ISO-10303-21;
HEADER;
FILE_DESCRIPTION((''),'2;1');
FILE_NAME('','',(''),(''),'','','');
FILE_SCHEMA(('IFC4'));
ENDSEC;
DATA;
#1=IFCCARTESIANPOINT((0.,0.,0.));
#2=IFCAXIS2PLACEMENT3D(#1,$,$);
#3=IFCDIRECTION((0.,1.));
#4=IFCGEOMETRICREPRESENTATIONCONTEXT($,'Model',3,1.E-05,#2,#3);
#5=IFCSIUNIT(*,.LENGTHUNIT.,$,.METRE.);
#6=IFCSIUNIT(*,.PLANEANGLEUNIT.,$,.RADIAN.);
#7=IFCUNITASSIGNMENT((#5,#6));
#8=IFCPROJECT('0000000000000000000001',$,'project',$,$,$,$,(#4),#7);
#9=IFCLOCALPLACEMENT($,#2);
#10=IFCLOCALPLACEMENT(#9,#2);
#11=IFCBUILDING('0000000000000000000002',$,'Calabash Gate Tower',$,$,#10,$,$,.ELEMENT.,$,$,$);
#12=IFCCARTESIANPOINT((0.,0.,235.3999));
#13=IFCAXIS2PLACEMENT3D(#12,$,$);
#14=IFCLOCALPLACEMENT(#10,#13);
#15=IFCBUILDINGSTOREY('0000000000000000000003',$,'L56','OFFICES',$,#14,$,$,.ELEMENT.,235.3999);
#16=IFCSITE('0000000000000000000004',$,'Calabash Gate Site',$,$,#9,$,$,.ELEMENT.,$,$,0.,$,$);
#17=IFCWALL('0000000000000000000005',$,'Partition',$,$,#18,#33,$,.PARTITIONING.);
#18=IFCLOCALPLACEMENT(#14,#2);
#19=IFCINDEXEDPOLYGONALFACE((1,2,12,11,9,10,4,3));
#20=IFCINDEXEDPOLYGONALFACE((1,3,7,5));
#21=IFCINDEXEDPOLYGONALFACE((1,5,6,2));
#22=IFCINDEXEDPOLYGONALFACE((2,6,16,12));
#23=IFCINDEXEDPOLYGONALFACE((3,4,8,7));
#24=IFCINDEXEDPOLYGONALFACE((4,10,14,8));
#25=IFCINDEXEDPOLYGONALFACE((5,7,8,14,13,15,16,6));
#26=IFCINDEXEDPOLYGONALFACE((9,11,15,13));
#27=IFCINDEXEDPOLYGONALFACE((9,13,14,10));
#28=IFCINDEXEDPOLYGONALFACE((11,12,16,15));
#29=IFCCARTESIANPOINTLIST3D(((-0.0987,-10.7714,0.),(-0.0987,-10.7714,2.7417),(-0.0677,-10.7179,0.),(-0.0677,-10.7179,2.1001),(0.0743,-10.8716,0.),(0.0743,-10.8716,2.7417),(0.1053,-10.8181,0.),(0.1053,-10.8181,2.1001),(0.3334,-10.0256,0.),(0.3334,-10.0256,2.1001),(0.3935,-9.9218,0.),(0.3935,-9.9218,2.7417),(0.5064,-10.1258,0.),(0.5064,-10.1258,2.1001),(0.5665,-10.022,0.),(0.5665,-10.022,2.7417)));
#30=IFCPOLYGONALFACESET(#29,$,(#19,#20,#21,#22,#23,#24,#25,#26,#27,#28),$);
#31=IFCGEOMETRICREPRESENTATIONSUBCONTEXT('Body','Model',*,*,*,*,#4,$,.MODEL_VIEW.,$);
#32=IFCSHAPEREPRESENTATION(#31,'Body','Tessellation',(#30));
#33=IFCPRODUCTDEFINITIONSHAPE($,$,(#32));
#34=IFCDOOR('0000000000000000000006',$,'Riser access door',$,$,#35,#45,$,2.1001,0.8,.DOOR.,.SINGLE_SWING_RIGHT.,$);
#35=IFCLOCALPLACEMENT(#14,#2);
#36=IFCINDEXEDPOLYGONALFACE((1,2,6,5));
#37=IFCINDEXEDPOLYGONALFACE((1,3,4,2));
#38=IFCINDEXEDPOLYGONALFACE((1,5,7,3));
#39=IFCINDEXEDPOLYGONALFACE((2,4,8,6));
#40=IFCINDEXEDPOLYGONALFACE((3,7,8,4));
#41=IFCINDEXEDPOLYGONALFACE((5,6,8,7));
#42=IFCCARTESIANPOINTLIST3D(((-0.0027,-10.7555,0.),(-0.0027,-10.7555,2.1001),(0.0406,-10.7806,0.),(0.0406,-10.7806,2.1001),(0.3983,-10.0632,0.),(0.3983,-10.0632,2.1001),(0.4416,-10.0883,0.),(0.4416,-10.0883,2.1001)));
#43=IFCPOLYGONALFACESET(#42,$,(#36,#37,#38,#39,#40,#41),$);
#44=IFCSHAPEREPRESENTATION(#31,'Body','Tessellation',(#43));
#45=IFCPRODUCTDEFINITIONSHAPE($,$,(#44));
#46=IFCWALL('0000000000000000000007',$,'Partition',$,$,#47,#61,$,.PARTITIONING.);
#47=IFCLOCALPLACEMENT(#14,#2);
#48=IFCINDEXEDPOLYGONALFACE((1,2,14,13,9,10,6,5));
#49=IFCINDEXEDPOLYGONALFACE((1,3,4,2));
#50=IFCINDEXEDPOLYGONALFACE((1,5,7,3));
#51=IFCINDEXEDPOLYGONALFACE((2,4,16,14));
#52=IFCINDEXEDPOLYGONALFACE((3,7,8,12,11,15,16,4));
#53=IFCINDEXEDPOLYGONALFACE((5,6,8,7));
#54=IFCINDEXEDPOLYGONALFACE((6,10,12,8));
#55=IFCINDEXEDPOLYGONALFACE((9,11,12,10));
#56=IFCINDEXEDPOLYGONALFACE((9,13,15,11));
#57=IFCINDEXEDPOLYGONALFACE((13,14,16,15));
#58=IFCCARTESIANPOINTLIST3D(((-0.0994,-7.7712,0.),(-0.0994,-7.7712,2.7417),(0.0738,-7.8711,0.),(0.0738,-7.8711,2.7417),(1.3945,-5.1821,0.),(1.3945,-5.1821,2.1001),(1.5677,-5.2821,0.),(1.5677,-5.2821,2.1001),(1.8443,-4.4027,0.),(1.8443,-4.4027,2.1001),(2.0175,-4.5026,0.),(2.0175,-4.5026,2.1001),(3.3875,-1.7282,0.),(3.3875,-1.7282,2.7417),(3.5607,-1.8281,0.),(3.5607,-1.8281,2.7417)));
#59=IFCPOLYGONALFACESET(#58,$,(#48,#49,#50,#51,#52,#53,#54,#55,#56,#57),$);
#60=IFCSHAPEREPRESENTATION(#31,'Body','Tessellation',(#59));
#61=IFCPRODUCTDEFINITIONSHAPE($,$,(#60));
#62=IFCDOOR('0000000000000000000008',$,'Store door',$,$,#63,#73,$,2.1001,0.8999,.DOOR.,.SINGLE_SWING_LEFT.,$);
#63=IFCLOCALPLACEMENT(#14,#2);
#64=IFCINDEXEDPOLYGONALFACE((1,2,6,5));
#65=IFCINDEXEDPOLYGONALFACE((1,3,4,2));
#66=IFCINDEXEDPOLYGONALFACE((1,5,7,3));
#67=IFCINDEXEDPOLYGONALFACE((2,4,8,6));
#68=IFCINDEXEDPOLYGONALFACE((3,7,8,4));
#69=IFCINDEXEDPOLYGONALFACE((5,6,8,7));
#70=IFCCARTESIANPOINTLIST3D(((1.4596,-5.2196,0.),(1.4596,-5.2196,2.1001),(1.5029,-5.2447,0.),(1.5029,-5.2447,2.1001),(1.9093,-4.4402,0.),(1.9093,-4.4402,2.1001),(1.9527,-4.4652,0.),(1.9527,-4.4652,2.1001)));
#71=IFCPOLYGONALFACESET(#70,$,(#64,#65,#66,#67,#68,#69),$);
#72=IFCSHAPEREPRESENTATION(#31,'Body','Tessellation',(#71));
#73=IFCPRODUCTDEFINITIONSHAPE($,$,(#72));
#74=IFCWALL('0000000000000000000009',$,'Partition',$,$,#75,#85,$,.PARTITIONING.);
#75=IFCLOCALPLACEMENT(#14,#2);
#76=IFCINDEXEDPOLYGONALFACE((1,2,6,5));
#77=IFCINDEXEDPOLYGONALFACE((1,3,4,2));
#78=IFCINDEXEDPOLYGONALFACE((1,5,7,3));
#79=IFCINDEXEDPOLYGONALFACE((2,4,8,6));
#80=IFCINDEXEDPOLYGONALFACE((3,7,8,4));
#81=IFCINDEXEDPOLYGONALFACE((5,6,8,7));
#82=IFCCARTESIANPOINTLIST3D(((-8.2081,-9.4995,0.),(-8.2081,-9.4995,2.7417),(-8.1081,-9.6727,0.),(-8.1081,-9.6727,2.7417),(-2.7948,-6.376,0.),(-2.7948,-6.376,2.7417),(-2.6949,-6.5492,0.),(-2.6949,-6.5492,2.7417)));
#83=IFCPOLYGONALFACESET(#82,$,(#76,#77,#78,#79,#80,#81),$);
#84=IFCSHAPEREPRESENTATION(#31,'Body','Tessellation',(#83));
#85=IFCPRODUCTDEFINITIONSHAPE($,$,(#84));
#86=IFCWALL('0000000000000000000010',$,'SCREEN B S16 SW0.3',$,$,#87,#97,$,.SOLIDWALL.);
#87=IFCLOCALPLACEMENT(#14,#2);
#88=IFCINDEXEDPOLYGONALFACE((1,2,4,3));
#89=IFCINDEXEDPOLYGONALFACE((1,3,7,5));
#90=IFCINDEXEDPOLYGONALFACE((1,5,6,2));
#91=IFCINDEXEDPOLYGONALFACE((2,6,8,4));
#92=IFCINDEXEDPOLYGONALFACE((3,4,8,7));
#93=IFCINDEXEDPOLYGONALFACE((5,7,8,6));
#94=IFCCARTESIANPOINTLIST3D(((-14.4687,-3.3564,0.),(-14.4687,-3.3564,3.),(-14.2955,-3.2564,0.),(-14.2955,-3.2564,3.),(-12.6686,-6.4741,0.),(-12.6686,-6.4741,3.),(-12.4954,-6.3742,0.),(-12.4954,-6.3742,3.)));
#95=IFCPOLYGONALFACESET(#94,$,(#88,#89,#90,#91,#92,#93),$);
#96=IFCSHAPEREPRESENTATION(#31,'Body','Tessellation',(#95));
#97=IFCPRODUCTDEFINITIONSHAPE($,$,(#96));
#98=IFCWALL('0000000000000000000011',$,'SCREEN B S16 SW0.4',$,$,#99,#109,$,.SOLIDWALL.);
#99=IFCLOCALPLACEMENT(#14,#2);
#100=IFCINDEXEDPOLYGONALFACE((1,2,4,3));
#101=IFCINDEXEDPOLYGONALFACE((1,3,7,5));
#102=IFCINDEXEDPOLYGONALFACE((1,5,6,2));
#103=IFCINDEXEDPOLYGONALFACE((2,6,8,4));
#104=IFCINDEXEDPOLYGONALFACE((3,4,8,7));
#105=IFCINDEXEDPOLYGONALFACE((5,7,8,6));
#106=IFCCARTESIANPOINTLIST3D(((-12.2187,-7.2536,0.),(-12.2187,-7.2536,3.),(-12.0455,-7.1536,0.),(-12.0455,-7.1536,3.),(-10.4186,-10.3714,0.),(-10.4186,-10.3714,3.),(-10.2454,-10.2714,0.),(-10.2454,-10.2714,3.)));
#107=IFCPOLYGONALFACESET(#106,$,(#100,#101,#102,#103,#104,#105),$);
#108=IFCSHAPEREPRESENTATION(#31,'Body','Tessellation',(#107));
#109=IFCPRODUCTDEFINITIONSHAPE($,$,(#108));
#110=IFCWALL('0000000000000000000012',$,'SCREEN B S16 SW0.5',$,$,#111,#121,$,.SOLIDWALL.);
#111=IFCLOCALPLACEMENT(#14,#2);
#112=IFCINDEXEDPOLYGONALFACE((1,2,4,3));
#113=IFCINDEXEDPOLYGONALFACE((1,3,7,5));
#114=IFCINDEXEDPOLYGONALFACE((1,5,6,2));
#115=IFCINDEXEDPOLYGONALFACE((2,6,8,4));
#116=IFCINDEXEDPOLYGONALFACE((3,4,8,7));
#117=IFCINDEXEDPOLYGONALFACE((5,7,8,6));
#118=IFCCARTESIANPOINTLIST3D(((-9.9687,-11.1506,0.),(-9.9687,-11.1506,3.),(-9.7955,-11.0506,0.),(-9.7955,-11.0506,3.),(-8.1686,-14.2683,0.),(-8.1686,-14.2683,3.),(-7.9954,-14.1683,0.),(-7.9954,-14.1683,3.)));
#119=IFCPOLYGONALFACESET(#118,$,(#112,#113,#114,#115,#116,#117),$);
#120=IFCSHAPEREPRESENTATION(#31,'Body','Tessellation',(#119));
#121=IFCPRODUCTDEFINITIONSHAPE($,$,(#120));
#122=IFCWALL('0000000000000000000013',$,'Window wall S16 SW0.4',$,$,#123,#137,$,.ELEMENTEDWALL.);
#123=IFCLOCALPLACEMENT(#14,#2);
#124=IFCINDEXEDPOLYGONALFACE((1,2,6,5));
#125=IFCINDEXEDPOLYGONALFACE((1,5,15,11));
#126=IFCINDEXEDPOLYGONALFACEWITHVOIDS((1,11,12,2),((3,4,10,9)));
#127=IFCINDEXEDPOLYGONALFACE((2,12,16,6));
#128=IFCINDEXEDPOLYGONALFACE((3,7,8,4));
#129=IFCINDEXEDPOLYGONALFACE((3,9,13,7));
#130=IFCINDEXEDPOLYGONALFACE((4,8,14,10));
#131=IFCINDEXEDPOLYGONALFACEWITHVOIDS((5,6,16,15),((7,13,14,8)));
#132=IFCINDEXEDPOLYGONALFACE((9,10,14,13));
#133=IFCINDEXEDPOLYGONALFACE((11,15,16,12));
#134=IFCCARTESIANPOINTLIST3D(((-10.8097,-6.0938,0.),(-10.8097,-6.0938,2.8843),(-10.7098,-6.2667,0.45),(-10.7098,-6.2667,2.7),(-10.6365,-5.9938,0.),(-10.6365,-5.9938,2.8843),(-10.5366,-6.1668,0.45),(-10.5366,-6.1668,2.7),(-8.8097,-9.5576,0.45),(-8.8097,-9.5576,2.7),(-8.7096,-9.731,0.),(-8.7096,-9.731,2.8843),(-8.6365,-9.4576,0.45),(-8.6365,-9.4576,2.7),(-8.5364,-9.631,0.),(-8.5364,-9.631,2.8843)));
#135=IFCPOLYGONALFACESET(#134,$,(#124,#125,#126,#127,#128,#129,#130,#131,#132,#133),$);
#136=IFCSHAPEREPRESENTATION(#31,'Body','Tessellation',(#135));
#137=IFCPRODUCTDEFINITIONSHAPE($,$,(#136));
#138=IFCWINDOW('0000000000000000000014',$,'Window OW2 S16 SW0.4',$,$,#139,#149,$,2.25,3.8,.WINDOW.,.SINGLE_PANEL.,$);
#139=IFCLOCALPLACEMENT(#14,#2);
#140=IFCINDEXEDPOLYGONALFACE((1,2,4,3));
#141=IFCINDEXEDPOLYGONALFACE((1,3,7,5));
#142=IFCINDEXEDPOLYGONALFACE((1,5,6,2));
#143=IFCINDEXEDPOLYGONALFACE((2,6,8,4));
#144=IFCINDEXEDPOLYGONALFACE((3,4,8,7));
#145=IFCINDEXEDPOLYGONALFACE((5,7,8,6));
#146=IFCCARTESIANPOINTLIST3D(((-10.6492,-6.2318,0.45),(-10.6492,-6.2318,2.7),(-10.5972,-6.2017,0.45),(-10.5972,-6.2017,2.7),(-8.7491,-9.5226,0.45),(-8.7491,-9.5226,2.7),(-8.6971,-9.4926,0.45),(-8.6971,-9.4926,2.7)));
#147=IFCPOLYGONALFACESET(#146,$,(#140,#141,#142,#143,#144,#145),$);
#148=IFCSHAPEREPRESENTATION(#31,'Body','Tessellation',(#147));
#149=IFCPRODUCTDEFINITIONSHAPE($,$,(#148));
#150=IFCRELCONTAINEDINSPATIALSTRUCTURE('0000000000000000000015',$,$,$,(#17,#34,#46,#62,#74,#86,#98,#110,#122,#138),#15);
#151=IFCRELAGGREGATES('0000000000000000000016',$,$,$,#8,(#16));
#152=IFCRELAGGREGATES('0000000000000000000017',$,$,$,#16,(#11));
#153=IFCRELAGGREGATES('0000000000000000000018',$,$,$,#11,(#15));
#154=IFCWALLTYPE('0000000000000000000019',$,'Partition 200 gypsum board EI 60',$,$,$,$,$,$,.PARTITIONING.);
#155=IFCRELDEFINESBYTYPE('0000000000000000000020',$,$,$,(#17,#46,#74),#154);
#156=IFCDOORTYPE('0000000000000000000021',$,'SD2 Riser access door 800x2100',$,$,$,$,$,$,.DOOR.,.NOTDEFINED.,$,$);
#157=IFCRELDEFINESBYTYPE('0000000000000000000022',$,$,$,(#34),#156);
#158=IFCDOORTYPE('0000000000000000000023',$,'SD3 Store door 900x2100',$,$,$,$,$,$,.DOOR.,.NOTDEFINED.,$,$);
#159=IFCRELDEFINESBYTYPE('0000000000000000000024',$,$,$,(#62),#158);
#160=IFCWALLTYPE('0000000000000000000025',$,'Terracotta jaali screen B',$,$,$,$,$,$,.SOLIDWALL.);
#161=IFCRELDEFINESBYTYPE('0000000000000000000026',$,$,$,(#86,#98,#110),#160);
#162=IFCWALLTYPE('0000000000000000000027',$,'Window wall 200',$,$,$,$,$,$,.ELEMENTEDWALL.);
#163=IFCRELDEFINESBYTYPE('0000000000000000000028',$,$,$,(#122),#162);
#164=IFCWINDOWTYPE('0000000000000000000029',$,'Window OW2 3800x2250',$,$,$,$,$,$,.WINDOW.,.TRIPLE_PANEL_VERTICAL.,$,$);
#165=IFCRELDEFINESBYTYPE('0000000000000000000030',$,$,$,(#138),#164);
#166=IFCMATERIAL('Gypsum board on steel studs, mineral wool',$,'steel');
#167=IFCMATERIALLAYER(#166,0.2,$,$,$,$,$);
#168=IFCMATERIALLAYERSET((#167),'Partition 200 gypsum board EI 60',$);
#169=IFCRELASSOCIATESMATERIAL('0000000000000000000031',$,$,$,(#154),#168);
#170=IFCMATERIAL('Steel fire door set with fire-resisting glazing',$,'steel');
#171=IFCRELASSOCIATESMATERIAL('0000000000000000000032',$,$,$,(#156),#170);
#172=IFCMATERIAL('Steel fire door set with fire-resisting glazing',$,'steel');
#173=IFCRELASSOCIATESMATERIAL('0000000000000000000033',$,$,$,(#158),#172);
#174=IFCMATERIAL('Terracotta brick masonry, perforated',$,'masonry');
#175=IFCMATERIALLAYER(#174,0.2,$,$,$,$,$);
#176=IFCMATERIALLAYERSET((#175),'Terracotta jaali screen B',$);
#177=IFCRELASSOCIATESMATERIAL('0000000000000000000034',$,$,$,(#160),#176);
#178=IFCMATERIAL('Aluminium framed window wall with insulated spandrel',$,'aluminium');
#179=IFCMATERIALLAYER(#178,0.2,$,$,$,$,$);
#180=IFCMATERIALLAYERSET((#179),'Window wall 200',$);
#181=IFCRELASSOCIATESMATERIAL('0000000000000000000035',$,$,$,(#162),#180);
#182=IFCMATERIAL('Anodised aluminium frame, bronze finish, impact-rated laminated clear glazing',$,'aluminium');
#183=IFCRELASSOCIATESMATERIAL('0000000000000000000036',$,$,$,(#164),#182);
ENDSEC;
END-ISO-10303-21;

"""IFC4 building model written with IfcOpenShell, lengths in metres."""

from ifc_helpers import new_model, si_unit, direction, frame, frame_2d, origin, place, context, subcontext, project, spatial, rectangle, extrude, material, layer, layer_set, type_object, element, fill, save


model = new_model("IFC4")

# Units and contexts
model_context = context("Model", 3, precision=1e-05, world=origin(), true_north=direction((0.0, 1.0)))
body_context = subcontext(model_context, "Body", "Model", "MODEL_VIEW")
ifc_project = project(units=[si_unit("LENGTHUNIT", "METRE"), si_unit("PLANEANGLEUNIT", "RADIAN")], contexts=[model_context])

# Site, building, storey
site_placement = place(None, origin())
site = spatial("IfcSite", under=ifc_project, at=site_placement, Name="Calabash Gate Site", CompositionType="ELEMENT", RefElevation=0.0)
building_placement = place(site_placement, origin())
building = spatial("IfcBuilding", under=site, at=building_placement, Name="Calabash Gate Tower", CompositionType="ELEMENT")
storey_placement = place(building_placement, frame((0.0, 0.0, 235.3999)))
storey = spatial("IfcBuildingStorey", under=building, at=storey_placement, Name="L56", Description="OFFICES", CompositionType="ELEMENT", Elevation=235.3999)

# Walls, openings, doors
ifc_material_1 = material(Name="Gypsum board on steel studs, mineral wool", Category="steel")
ifc_layer_1 = layer(ifc_material_1, 0.2)
ifc_layer_set_1 = layer_set([ifc_layer_1], Name="Partition 200 gypsum board EI 60")
wall_type_1 = type_object("IfcWallType", Name="Partition 200 gypsum board EI 60", PredefinedType="PARTITIONING", material=ifc_layer_set_1)
wall_1_placement = place(storey_placement, frame((-0.0122, -10.8215, 0.0), z_axis=(0.0, 0.0, 1.0), x_axis=(0.501271, 0.86529, 0.0)))
wall_1 = element("IfcWall", 1, at=wall_1_placement, inside=storey, type_object=wall_type_1, Name="Partition", PredefinedType="PARTITIONING", context=body_context, shape_type="SweptSolid", body=[
    extrude(rectangle(XDim=0.9819, YDim=0.2, at=frame_2d((0.491, 0.0))), origin(), (0.0, 0.0, 1.0), 2.7417),
])
opening_1_placement = place(wall_1_placement, frame((0.062, 0.0, 0.0)))
opening_1 = element("IfcOpeningElement", 2, at=opening_1_placement, cuts=wall_1, PredefinedType="OPENING", context=body_context, shape_type="SweptSolid", body=[
    extrude(rectangle(XDim=0.8, YDim=2.1001, at=frame_2d((0.3999, 1.05))), frame((0.0, 0.1099, 0.0), z_axis=(0.0, -1.0, 0.0), x_axis=(1.0, 0.0, 0.0)), (0.0, 0.0, 1.0), 0.22),
])
ifc_material_2 = material(Name="Steel fire door set with fire-resisting glazing", Category="steel")
door_type_1 = type_object("IfcDoorType", Name="SD2 Riser access door 800x2100", OperationType="NOTDEFINED", PredefinedType="DOOR", material=ifc_material_2)
door_1_placement = place(opening_1_placement, origin())
door_1 = element("IfcDoor", 3, at=door_1_placement, inside=storey, type_object=door_type_1, Name="Riser access door", OperationType="SINGLE_SWING_RIGHT", OverallHeight=2.1001, OverallWidth=0.8, PredefinedType="DOOR", context=body_context, shape_type="SweptSolid", body=[
    extrude(rectangle(XDim=0.8, YDim=2.1001, at=frame_2d((0.3999, 1.05))), frame((0.0, 0.0249, 0.0), z_axis=(0.0, -1.0, 0.0), x_axis=(1.0, 0.0, 0.0)), (0.0, 0.0, 1.0), 0.05),
])
fill(opening_1, door_1)
wall_2_placement = place(storey_placement, frame((-0.0127, -7.821, 0.0), z_axis=(0.0, 0.0, 1.0), x_axis=(0.499775, 0.866155, 0.0)))
wall_2 = element("IfcWall", 4, at=wall_2_placement, inside=storey, type_object=wall_type_1, Name="Partition", PredefinedType="PARTITIONING", context=body_context, shape_type="SweptSolid", body=[
    extrude(rectangle(XDim=6.9768, YDim=0.2, at=frame_2d((3.4883, 0.0))), origin(), (0.0, 0.0, 1.0), 2.7417),
])
opening_2_placement = place(wall_2_placement, frame((2.989, 0.0, 0.0)))
opening_2 = element("IfcOpeningElement", 5, at=opening_2_placement, cuts=wall_2, PredefinedType="OPENING", context=body_context, shape_type="SweptSolid", body=[
    extrude(rectangle(XDim=0.8999, YDim=2.1001, at=frame_2d((0.45, 1.05))), frame((0.0, 0.1099, 0.0), z_axis=(0.0, -1.0, 0.0), x_axis=(1.0, 0.0, 0.0)), (0.0, 0.0, 1.0), 0.22),
])
ifc_material_3 = material(Name="Steel fire door set with fire-resisting glazing", Category="steel")
door_type_2 = type_object("IfcDoorType", Name="SD3 Store door 900x2100", OperationType="NOTDEFINED", PredefinedType="DOOR", material=ifc_material_3)
door_2_placement = place(opening_2_placement, origin())
door_2 = element("IfcDoor", 6, at=door_2_placement, inside=storey, type_object=door_type_2, Name="Store door", OperationType="SINGLE_SWING_LEFT", OverallHeight=2.1001, OverallWidth=0.8999, PredefinedType="DOOR", context=body_context, shape_type="SweptSolid", body=[
    extrude(rectangle(XDim=0.8999, YDim=2.1001, at=frame_2d((0.45, 1.05))), frame((0.0, 0.0249, 0.0), z_axis=(0.0, -1.0, 0.0), x_axis=(1.0, 0.0, 0.0)), (0.0, 0.0, 1.0), 0.05),
])
fill(opening_2, door_2)

# Walls
wall_3_placement = place(storey_placement, frame((-8.1582, -9.5862, 0.0), z_axis=(0.0, 0.0, 1.0), x_axis=(0.866154, 0.499778, 0.0)))
element("IfcWall", 7, at=wall_3_placement, inside=storey, type_object=wall_type_1, Name="Partition", PredefinedType="PARTITIONING", context=body_context, shape_type="SweptSolid", body=[
    extrude(rectangle(XDim=6.2498, YDim=0.2, at=frame_2d((3.125, 0.0))), origin(), (0.0, 0.0, 1.0), 2.7417),
])
ifc_material_4 = material(Name="Terracotta brick masonry, perforated", Category="masonry")
ifc_layer_2 = layer(ifc_material_4, 0.2)
ifc_layer_set_2 = layer_set([ifc_layer_2], Name="Terracotta jaali screen B")
wall_type_2 = type_object("IfcWallType", Name="Terracotta jaali screen B", PredefinedType="SOLIDWALL", material=ifc_layer_set_2)
for number, where, z_axis, x_axis, name in (
    (8, (-14.3821, -3.3064, 0.0), (0.0, 0.0, 1.0), (0.500012, -0.866018, 0.0), "SCREEN B S16 SW0.3"),
    (9, (-12.1321, -7.2036, 0.0), (0.0, 0.0, 1.0), (0.500012, -0.866018, 0.0), "SCREEN B S16 SW0.4"),
    (10, (-9.8821, -11.1006, 0.0), (0.0, 0.0, 1.0), (0.500012, -0.866018, 0.0), "SCREEN B S16 SW0.5"),
):
    element("IfcWall", number, at=place(storey_placement, frame(where, z_axis=z_axis, x_axis=x_axis)), inside=storey, type_object=wall_type_2, Name=name, PredefinedType="SOLIDWALL", context=body_context, shape_type="SweptSolid", body=[
        extrude(rectangle(XDim=3.6001, YDim=0.2, at=frame_2d((1.8, 0.0))), origin(), (0.0, 0.0, 1.0), 3.0),
    ])

# Wall, opening, window
ifc_material_5 = material(Name="Aluminium framed window wall with insulated spandrel", Category="aluminium")
ifc_layer_3 = layer(ifc_material_5, 0.2)
ifc_layer_set_3 = layer_set([ifc_layer_3], Name="Window wall 200")
wall_type_3 = type_object("IfcWallType", Name="Window wall 200", PredefinedType="ELEMENTEDWALL", material=ifc_layer_set_3)
wall_4_placement = place(storey_placement, frame((-10.7231, -6.0437, 0.0), z_axis=(0.0, 0.0, 1.0), x_axis=(0.500028, -0.866009, 0.0)))
wall_4 = element("IfcWall", 11, at=wall_4_placement, inside=storey, type_object=wall_type_3, Name="Window wall S16 SW0.4", PredefinedType="ELEMENTEDWALL", context=body_context, shape_type="SweptSolid", body=[
    extrude(rectangle(XDim=4.2, YDim=0.2, at=frame_2d((2.1001, 0.0))), origin(), (0.0, 0.0, 1.0), 2.8843),
])
opening_3_placement = place(wall_4_placement, frame((0.2, 0.0, 0.45)))
opening_3 = element("IfcOpeningElement", 12, at=opening_3_placement, cuts=wall_4, PredefinedType="OPENING", context=body_context, shape_type="SweptSolid", body=[
    extrude(rectangle(XDim=3.8, YDim=2.25, at=frame_2d((1.8999, 1.125))), frame((0.0, 0.1099, 0.0), z_axis=(0.0, -1.0, 0.0), x_axis=(1.0, 0.0, 0.0)), (0.0, 0.0, 1.0), 0.22),
])
ifc_material_6 = material(Name="Anodised aluminium frame, bronze finish, impact-rated laminated clear glazing", Category="aluminium")
window_type_1 = type_object("IfcWindowType", Name="Window OW2 3800x2250", PartitioningType="TRIPLE_PANEL_VERTICAL", PredefinedType="WINDOW", material=ifc_material_6)
window_1_placement = place(opening_3_placement, origin())
window_1 = element("IfcWindow", 13, at=window_1_placement, inside=storey, type_object=window_type_1, Name="Window OW2 S16 SW0.4", OverallHeight=2.25, OverallWidth=3.8, PartitioningType="SINGLE_PANEL", PredefinedType="WINDOW", context=body_context, shape_type="SweptSolid", body=[
    extrude(rectangle(XDim=3.8, YDim=2.25, at=frame_2d((1.8999, 1.125))), frame((0.0, 0.03, 0.0), z_axis=(0.0, -1.0, 0.0), x_axis=(1.0, 0.0, 0.0)), (0.0, 0.0, 1.0), 0.0601),
])
fill(opening_3, window_1)

save(model, "model.ifc")
